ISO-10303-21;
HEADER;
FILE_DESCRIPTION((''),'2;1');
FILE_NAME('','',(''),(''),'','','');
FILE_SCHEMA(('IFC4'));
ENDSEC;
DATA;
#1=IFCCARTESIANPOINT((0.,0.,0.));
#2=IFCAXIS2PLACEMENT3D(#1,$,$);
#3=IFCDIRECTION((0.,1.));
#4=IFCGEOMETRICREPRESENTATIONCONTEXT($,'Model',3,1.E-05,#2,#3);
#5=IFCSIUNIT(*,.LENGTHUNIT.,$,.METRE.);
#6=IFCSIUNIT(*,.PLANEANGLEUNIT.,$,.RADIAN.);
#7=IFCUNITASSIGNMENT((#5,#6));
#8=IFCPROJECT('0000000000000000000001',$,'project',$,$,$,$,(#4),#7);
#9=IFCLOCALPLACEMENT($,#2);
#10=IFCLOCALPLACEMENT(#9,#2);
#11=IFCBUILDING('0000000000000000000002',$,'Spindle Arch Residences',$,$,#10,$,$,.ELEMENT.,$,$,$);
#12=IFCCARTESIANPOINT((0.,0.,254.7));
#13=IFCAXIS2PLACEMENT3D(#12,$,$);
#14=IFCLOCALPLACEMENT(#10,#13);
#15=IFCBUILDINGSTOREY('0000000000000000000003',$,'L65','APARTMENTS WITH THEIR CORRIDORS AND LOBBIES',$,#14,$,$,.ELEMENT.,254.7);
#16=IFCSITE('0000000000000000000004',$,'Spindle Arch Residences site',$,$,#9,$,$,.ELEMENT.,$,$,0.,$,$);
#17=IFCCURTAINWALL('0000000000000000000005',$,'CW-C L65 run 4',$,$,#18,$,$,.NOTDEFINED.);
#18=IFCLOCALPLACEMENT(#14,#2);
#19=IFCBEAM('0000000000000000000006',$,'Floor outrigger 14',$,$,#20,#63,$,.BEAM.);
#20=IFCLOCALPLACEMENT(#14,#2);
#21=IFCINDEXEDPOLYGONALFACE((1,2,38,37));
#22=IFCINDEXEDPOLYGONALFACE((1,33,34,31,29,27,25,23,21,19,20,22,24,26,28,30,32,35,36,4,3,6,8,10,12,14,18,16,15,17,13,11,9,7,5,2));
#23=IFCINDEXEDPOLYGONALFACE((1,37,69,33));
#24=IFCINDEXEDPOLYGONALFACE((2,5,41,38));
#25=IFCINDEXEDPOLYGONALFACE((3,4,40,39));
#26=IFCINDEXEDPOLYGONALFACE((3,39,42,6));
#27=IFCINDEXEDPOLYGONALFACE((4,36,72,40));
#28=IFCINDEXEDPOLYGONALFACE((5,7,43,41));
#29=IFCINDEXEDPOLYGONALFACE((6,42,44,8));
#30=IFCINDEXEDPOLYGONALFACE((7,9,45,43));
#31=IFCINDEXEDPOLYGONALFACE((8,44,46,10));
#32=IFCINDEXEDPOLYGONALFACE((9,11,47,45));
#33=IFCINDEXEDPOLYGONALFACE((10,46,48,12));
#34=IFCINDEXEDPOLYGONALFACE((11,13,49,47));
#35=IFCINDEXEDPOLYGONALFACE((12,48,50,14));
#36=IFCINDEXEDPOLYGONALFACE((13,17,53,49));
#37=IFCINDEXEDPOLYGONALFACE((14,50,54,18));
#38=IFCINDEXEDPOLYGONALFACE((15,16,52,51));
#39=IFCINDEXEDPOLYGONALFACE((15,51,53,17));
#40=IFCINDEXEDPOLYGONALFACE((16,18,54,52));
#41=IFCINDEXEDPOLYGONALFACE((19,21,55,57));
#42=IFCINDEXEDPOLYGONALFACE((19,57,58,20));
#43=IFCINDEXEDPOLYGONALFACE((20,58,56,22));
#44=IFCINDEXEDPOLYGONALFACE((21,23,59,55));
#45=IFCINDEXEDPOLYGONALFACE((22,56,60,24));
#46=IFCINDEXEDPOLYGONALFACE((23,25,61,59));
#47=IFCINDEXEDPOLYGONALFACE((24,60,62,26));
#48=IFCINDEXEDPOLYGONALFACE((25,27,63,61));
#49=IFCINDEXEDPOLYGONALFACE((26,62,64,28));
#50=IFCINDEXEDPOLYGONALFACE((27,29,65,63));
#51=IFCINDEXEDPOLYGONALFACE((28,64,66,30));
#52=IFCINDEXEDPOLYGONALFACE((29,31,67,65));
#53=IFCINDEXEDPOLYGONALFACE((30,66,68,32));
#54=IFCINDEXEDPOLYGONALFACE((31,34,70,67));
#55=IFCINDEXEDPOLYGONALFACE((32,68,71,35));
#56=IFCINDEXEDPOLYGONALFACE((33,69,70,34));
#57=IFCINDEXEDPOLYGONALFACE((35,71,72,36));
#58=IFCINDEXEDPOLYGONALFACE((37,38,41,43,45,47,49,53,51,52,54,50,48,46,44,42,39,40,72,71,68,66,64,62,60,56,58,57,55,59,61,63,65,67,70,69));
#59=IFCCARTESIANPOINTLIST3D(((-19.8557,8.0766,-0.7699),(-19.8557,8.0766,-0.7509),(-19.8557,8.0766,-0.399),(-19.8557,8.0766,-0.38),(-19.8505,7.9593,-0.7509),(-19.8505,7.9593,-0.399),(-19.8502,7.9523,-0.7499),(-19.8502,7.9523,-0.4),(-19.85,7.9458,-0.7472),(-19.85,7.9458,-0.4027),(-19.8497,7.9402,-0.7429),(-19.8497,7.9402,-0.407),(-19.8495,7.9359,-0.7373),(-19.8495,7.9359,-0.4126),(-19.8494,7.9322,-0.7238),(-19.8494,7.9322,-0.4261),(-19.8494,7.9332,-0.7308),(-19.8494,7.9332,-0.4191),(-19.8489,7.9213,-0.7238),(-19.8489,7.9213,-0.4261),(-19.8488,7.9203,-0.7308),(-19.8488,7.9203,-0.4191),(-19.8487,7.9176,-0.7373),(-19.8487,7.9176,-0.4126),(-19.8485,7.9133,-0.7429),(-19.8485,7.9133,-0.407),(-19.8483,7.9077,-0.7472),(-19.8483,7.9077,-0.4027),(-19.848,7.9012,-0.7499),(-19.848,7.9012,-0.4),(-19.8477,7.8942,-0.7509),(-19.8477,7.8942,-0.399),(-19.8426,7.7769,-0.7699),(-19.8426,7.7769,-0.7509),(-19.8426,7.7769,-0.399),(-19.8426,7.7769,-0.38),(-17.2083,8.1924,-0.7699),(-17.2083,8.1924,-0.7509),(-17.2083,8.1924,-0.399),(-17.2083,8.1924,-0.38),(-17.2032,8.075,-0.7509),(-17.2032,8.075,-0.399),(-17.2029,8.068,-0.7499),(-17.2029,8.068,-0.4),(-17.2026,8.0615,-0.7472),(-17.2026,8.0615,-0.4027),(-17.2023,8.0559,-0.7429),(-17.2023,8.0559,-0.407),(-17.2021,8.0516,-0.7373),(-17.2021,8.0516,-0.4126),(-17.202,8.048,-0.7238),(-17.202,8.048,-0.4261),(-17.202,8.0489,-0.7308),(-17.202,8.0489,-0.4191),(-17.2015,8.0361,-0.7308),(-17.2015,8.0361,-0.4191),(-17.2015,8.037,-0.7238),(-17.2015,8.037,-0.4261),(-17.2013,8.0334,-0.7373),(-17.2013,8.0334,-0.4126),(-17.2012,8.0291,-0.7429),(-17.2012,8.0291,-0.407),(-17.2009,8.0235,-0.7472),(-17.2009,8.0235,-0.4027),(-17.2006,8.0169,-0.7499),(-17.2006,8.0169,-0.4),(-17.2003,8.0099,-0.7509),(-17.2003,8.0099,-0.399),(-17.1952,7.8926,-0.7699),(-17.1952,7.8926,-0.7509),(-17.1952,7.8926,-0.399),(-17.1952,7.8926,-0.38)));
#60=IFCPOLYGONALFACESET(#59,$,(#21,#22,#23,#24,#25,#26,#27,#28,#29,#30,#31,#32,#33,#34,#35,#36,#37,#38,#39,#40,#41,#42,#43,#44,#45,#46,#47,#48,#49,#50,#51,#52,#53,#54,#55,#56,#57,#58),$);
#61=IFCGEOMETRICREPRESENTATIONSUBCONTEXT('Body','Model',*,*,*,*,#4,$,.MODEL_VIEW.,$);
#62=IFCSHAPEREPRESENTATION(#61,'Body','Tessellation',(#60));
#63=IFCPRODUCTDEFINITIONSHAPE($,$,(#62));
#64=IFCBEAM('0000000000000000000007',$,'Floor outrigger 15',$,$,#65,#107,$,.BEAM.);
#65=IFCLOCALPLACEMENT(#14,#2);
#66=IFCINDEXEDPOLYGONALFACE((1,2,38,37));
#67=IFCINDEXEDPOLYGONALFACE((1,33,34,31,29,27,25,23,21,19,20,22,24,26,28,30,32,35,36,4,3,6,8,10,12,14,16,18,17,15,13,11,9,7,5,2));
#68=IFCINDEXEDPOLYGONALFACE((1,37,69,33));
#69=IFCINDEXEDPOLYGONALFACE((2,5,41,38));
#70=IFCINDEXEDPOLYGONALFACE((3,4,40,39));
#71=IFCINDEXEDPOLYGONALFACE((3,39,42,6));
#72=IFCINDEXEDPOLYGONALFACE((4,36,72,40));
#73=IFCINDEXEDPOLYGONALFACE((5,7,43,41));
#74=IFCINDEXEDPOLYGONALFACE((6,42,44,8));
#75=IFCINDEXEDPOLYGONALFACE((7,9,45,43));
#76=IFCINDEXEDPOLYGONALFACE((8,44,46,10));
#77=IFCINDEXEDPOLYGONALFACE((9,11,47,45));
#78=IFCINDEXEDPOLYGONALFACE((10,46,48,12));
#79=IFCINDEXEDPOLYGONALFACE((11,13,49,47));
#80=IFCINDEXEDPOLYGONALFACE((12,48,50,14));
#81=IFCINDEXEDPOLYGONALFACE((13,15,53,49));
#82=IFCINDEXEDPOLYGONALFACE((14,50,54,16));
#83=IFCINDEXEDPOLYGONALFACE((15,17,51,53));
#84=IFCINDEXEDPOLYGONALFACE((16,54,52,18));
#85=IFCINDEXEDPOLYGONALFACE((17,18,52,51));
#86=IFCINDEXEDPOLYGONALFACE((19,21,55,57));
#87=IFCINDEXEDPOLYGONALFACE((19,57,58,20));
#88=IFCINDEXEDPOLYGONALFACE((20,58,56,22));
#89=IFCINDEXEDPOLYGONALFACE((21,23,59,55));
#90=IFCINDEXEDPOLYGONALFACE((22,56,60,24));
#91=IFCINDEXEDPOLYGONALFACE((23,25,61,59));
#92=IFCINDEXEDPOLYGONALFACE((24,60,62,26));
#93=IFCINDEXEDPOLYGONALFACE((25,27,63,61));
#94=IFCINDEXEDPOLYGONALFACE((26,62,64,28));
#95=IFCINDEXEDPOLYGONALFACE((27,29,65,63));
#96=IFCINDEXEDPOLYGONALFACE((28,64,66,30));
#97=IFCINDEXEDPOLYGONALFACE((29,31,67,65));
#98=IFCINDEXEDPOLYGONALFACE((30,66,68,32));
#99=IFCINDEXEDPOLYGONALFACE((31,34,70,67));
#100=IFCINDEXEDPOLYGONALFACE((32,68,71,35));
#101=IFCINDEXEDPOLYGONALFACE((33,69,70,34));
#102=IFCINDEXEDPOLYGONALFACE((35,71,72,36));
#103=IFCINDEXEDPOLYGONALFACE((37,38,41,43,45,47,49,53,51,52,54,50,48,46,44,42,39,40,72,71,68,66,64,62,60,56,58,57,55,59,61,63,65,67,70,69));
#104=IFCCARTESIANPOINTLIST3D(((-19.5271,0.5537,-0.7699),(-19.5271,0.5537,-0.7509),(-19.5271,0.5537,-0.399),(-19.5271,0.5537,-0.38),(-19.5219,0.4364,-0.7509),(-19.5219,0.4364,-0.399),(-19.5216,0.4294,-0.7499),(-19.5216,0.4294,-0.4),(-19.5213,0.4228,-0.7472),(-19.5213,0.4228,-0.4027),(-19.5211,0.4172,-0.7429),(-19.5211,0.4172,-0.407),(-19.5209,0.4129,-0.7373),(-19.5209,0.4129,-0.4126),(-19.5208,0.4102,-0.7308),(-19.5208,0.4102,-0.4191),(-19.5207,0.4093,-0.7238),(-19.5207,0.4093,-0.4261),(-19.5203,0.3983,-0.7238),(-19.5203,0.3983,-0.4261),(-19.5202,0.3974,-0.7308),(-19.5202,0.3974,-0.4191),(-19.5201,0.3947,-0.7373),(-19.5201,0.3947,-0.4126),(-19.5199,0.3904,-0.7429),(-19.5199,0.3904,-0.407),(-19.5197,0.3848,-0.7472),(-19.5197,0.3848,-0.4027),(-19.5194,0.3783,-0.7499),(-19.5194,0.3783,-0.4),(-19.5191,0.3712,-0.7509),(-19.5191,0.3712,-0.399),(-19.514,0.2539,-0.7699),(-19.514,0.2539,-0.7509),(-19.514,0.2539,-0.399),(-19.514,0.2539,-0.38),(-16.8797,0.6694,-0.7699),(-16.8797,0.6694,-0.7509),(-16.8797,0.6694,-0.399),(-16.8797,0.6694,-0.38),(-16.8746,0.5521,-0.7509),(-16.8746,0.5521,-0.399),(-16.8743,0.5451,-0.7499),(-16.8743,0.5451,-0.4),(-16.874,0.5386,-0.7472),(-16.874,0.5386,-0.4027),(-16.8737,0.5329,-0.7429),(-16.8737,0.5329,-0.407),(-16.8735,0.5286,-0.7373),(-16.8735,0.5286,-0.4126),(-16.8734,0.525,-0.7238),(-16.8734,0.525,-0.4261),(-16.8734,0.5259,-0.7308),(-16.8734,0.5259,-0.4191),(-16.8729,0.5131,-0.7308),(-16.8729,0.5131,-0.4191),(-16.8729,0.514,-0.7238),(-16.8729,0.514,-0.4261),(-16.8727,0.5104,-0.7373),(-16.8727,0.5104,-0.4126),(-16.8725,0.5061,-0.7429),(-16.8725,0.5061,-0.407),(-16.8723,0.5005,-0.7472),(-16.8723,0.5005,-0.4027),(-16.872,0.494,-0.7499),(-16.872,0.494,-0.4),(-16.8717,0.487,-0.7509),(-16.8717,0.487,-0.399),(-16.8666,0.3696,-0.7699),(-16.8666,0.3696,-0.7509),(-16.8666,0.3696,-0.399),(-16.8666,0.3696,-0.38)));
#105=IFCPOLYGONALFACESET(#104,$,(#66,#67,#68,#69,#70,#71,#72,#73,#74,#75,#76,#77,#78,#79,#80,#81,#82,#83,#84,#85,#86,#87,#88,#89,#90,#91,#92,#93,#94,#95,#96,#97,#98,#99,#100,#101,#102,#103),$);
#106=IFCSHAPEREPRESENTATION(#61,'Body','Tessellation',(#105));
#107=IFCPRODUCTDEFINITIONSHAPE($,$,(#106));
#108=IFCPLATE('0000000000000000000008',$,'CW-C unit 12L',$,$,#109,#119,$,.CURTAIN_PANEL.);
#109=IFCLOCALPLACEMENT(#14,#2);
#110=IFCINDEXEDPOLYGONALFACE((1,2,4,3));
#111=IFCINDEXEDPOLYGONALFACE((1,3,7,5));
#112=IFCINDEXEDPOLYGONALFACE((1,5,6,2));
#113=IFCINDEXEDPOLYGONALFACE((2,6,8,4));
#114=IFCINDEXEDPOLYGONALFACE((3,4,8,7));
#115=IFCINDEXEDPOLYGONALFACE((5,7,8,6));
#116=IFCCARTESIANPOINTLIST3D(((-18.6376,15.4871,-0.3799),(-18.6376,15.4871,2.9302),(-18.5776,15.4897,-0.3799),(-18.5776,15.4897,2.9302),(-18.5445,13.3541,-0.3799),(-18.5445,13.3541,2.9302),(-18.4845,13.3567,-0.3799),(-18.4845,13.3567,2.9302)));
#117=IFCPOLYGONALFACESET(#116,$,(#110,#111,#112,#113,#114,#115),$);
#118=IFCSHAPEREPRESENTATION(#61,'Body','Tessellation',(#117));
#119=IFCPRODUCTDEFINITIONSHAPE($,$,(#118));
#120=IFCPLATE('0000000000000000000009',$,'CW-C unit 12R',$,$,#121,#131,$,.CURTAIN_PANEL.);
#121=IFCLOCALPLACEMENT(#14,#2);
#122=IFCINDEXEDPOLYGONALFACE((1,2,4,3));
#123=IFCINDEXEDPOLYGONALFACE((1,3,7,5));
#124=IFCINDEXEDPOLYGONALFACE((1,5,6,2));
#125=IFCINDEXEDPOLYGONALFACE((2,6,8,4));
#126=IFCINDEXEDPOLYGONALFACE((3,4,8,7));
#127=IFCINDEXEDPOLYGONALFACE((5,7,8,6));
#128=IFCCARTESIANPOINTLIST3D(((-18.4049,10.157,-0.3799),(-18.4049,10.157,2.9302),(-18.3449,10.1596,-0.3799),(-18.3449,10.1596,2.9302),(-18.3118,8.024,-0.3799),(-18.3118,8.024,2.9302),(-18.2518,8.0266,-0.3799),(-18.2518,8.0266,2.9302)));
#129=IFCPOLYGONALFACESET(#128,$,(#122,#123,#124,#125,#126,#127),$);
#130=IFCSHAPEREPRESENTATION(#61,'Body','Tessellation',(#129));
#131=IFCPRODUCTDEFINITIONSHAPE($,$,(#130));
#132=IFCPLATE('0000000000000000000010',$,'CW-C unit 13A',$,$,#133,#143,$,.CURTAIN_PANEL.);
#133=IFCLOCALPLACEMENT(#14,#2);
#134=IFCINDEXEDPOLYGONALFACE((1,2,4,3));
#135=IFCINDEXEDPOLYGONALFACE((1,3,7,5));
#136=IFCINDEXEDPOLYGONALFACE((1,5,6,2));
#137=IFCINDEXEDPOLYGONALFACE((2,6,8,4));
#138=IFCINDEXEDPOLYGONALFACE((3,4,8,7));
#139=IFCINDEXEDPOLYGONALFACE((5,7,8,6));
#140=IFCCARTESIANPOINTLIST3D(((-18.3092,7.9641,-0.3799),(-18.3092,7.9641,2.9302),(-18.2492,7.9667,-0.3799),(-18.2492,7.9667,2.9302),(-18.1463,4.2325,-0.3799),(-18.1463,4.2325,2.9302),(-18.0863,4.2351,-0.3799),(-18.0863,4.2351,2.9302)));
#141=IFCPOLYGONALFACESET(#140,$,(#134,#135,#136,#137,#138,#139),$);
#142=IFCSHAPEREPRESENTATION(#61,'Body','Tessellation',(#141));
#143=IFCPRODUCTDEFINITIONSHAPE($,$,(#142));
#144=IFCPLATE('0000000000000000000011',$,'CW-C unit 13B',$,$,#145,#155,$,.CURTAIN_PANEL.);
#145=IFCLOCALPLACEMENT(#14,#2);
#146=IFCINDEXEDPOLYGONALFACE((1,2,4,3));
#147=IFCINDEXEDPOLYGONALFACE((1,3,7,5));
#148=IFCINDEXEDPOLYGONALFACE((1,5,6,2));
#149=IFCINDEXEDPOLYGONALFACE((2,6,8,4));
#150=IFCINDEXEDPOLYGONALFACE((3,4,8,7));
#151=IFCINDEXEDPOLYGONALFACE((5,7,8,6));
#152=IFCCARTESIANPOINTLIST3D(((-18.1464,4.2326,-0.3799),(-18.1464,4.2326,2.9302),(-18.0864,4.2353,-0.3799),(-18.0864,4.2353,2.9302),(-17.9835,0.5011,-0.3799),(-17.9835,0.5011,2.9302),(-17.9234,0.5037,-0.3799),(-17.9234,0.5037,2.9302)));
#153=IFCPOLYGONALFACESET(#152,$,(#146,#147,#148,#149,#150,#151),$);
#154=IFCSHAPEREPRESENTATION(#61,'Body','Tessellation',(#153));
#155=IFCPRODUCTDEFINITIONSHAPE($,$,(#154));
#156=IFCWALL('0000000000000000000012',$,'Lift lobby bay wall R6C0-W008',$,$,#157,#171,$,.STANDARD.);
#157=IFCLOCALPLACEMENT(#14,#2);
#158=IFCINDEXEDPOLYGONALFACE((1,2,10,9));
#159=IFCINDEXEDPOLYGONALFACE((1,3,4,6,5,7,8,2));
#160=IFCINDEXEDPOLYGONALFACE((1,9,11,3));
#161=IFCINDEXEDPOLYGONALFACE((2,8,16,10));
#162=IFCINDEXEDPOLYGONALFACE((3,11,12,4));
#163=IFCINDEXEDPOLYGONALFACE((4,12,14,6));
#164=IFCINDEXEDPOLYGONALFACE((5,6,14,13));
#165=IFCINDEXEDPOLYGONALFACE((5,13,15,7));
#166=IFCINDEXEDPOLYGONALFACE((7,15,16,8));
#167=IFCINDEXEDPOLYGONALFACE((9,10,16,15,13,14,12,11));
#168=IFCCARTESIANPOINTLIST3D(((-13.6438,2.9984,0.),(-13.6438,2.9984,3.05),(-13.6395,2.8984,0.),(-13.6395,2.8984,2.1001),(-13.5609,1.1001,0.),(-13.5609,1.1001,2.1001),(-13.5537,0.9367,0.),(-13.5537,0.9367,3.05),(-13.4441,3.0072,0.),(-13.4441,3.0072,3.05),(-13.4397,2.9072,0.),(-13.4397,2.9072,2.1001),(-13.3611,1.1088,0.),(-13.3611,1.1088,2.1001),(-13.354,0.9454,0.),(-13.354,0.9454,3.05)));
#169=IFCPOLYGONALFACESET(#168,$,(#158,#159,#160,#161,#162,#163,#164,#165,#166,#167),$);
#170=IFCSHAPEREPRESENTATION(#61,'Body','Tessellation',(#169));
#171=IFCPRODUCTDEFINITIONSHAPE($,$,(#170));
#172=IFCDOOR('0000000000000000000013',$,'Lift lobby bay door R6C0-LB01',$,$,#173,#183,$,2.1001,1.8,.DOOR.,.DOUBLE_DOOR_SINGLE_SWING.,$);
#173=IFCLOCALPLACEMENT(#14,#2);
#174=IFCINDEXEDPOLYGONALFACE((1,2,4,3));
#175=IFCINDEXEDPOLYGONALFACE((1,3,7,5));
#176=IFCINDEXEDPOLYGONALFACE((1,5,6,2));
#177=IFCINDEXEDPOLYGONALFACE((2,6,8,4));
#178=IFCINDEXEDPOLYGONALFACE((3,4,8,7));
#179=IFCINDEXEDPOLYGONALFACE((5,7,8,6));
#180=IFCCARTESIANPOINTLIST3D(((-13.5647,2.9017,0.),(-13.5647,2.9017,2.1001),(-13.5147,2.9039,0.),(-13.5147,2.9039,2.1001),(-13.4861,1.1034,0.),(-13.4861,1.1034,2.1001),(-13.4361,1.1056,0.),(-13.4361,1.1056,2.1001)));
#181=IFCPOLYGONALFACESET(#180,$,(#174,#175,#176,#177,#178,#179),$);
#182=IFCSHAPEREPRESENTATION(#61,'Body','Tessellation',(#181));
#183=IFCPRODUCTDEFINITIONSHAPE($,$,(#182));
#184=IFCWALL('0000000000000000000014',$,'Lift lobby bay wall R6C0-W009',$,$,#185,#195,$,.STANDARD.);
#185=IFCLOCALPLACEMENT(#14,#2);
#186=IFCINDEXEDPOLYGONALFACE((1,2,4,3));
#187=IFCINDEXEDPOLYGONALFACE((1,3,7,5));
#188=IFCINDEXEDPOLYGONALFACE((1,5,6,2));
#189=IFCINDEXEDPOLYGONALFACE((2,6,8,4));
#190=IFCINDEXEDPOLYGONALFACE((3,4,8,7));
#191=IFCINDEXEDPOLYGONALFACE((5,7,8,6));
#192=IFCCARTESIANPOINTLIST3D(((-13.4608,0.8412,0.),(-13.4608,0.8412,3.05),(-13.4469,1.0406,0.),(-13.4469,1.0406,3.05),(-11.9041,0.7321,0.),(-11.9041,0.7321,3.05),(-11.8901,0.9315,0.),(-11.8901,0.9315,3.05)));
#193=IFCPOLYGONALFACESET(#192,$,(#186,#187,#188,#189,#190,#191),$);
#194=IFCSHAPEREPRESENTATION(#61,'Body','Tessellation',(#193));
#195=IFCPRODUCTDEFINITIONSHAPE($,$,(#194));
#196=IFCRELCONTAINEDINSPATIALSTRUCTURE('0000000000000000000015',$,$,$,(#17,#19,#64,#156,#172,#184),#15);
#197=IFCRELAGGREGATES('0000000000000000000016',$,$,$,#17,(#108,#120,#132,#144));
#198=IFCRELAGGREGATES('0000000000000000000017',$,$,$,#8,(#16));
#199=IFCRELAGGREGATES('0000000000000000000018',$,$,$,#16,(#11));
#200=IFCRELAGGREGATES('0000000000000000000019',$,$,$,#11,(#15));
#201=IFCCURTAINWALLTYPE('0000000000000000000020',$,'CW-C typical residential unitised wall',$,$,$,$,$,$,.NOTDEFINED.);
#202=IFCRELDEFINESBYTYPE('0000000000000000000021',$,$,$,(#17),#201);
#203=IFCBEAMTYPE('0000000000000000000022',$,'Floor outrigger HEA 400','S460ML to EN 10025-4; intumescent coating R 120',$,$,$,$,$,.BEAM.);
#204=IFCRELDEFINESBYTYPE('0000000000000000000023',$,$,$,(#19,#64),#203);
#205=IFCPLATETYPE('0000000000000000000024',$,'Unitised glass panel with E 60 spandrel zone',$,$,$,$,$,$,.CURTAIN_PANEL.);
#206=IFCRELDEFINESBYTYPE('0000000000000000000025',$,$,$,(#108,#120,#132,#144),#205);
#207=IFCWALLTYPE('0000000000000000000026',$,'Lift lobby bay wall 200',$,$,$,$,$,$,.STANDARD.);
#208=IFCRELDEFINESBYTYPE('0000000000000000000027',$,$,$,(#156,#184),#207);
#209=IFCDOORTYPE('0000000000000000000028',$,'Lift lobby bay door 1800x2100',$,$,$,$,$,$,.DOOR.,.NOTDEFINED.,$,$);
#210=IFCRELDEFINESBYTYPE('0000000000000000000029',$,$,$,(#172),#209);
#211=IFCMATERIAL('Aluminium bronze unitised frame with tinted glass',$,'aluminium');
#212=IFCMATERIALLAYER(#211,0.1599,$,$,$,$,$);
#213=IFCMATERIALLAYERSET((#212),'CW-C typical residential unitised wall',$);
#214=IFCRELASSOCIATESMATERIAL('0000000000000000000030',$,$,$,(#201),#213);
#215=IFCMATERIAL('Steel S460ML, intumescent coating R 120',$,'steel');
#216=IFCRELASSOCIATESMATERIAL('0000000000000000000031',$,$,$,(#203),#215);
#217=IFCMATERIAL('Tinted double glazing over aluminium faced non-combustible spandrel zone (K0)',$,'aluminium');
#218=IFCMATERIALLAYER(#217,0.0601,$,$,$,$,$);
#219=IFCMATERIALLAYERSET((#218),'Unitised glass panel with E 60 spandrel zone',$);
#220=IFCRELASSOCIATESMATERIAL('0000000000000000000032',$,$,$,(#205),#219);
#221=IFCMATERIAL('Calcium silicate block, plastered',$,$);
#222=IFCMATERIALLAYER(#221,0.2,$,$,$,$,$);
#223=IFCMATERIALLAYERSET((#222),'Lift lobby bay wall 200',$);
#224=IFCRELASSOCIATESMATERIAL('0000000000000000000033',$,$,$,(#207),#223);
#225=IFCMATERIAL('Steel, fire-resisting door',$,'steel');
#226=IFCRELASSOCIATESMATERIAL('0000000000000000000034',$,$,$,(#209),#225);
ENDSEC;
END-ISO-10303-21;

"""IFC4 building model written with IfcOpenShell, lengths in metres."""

from ifc_helpers import new_model, si_unit, direction, frame, frame_2d, origin, origin_2d, place, context, subcontext, project, spatial, rectangle, i_section, extrude, material, layer, layer_set, material_profile, profile_set, type_object, element, fill, aggregate, save


model = new_model("IFC4")

# Units and contexts
model_context = context("Model", 3, precision=1e-05, world=origin(), true_north=direction((0.0, 1.0)))
body_context = subcontext(model_context, "Body", "Model", "MODEL_VIEW")
ifc_project = project(units=[si_unit("LENGTHUNIT", "METRE"), si_unit("PLANEANGLEUNIT", "RADIAN")], contexts=[model_context])

# Site, building, storey
site_placement = place(None, origin())
site = spatial("IfcSite", under=ifc_project, at=site_placement, Name="Spindle Arch Residences site", CompositionType="ELEMENT", RefElevation=0.0)
building_placement = place(site_placement, origin())
building = spatial("IfcBuilding", under=site, at=building_placement, Name="Spindle Arch Residences", CompositionType="ELEMENT")
storey_placement = place(building_placement, frame((0.0, 0.0, 254.7)))
storey = spatial("IfcBuildingStorey", under=building, at=storey_placement, Name="L65", Description="APARTMENTS WITH THEIR CORRIDORS AND LOBBIES", CompositionType="ELEMENT", Elevation=254.7)

# Curtain wall
ifc_material_1 = material(Name="Aluminium bronze unitised frame with tinted glass", Category="aluminium")
ifc_layer_1 = layer(ifc_material_1, 0.1599)
ifc_layer_set_1 = layer_set([ifc_layer_1], Name="CW-C typical residential unitised wall")
curtain_wall_type = type_object("IfcCurtainWallType", Name="CW-C typical residential unitised wall", PredefinedType="NOTDEFINED", material=ifc_layer_set_1)
curtain_wall_placement = place(storey_placement, origin())
curtain_wall = element("IfcCurtainWall", 1, at=curtain_wall_placement, inside=storey, type_object=curtain_wall_type, Name="CW-C L65 run 4", PredefinedType="NOTDEFINED")

# Beams
ifc_material_2 = material(Name="Steel S460ML, intumescent coating R 120", Category="steel")
ifc_material_profile_1 = material_profile(ifc_material_2, i_section(OverallWidth=0.3, OverallDepth=0.3899, WebThickness=0.011, FlangeThickness=0.019, FilletRadius=0.0271, at=origin_2d()), Name="HEA 400")
ifc_profile_set_1 = profile_set([ifc_material_profile_1], Name="Steel S460ML, intumescent coating R 120")
beam_type_1 = type_object("IfcBeamType", Name="Floor outrigger HEA 400", Description="S460ML to EN 10025-4; intumescent coating R 120", PredefinedType="BEAM", material=ifc_profile_set_1)
for number, where, z_axis, x_axis, name in (
    (2, (-19.8491, 7.9268, -0.575), (0.999046, 0.043669, 0.0), (-0.043669, 0.999046, 0.0), "Floor outrigger 14"),
    (3, (-19.5205, 0.4038, -0.575), (0.999046, 0.043669, 0.0), (-0.043669, 0.999046, 0.0), "Floor outrigger 15"),
):
    element("IfcBeam", number, at=place(storey_placement, frame(where, z_axis=z_axis, x_axis=x_axis)), inside=storey, type_object=beam_type_1, Name=name, PredefinedType="BEAM", context=body_context, shape_type="SweptSolid", body=[
        extrude(i_section(OverallWidth=0.3, OverallDepth=0.3899, WebThickness=0.011, FlangeThickness=0.019, FilletRadius=0.0271, at=origin_2d()), origin(), (0.0, 0.0, 1.0), 2.6499),
    ])

# Plates
ifc_material_3 = material(Name="Tinted double glazing over aluminium faced non-combustible spandrel zone (K0)", Category="aluminium")
ifc_layer_2 = layer(ifc_material_3, 0.0601)
ifc_layer_set_2 = layer_set([ifc_layer_2], Name="Unitised glass panel with E 60 spandrel zone")
plate_type = type_object("IfcPlateType", Name="Unitised glass panel with E 60 spandrel zone", PredefinedType="CURTAIN_PANEL", material=ifc_layer_set_2)
plate_1_placement = place(storey_placement, frame((-18.561, 14.4219, -0.3799), z_axis=(0.0, 0.0, 1.0), x_axis=(0.043619, -0.999048, 0.0)))
plate_1 = element("IfcPlate", 4, at=plate_1_placement, type_object=plate_type, Name="CW-C unit 12L", PredefinedType="CURTAIN_PANEL", context=body_context, shape_type="SweptSolid", body=[
    extrude(rectangle(XDim=2.135, YDim=0.0601, at=origin_2d()), origin(), (0.0, 0.0, 1.0), 3.3101),
])
plate_2_placement = place(storey_placement, frame((-18.3284, 9.0918, -0.3799), z_axis=(0.0, 0.0, 1.0), x_axis=(0.043619, -0.999048, 0.0)))
plate_2 = element("IfcPlate", 5, at=plate_2_placement, type_object=plate_type, Name="CW-C unit 12R", PredefinedType="CURTAIN_PANEL", context=body_context, shape_type="SweptSolid", body=[
    extrude(rectangle(XDim=2.135, YDim=0.0601, at=origin_2d()), origin(), (0.0, 0.0, 1.0), 3.3101),
])
plate_3_placement = place(storey_placement, frame((-18.1978, 6.0996, -0.3799), z_axis=(0.0, 0.0, 1.0), x_axis=(0.043619, -0.999048, 0.0)))
plate_3 = element("IfcPlate", 6, at=plate_3_placement, type_object=plate_type, Name="CW-C unit 13A", PredefinedType="CURTAIN_PANEL", context=body_context, shape_type="SweptSolid", body=[
    extrude(rectangle(XDim=3.7351, YDim=0.0601, at=origin_2d()), origin(), (0.0, 0.0, 1.0), 3.3101),
])
plate_4_placement = place(storey_placement, frame((-18.0349, 2.3682, -0.3799), z_axis=(0.0, 0.0, 1.0), x_axis=(0.043619, -0.999048, 0.0)))
plate_4 = element("IfcPlate", 7, at=plate_4_placement, type_object=plate_type, Name="CW-C unit 13B", PredefinedType="CURTAIN_PANEL", context=body_context, shape_type="SweptSolid", body=[
    extrude(rectangle(XDim=3.7351, YDim=0.0601, at=origin_2d()), origin(), (0.0, 0.0, 1.0), 3.3101),
])
aggregate(curtain_wall, [plate_1, plate_2, plate_3, plate_4])

# Wall, opening, door
ifc_material_4 = material(Name="Calcium silicate block, plastered")
ifc_layer_3 = layer(ifc_material_4, 0.2)
ifc_layer_set_3 = layer_set([ifc_layer_3], Name="Lift lobby bay wall 200")
wall_type_1 = type_object("IfcWallType", Name="Lift lobby bay wall 200", PredefinedType="STANDARD", material=ifc_layer_set_3)
wall_1_placement = place(storey_placement, frame((-13.5439, 3.0027, 0.0), z_axis=(0.0, 0.0, 1.0), x_axis=(0.043653, -0.999047, 0.0)))
wall_1 = element("IfcWall", 8, at=wall_1_placement, inside=storey, type_object=wall_type_1, Name="Lift lobby bay wall R6C0-W008", PredefinedType="STANDARD", context=body_context, shape_type="SweptSolid", body=[
    extrude(rectangle(XDim=2.0637, YDim=0.2, at=frame_2d((1.0317, 0.0))), origin(), (0.0, 0.0, 1.0), 3.05),
])
opening_1_placement = place(wall_1_placement, frame((0.1001, 0.0, 0.0)))
opening_1 = element("IfcOpeningElement", 9, at=opening_1_placement, cuts=wall_1, PredefinedType="OPENING", context=body_context, shape_type="SweptSolid", body=[
    extrude(rectangle(XDim=1.8, YDim=2.1001, at=frame_2d((0.8999, 1.05))), frame((0.0, 0.1099, 0.0), z_axis=(0.0, -1.0, 0.0), x_axis=(1.0, 0.0, 0.0)), (0.0, 0.0, 1.0), 0.22),
])
ifc_material_5 = material(Name="Steel, fire-resisting door", Category="steel")
door_type_1 = type_object("IfcDoorType", Name="Lift lobby bay door 1800x2100", OperationType="NOTDEFINED", PredefinedType="DOOR", material=ifc_material_5)
door_1_placement = place(opening_1_placement, origin())
door_1 = element("IfcDoor", 10, at=door_1_placement, inside=storey, type_object=door_type_1, Name="Lift lobby bay door R6C0-LB01", OperationType="DOUBLE_DOOR_SINGLE_SWING", OverallHeight=2.1001, OverallWidth=1.8, PredefinedType="DOOR", context=body_context, shape_type="SweptSolid", body=[
    extrude(rectangle(XDim=1.8, YDim=2.1001, at=frame_2d((0.8999, 1.05))), frame((0.0, 0.0249, 0.0), z_axis=(0.0, -1.0, 0.0), x_axis=(1.0, 0.0, 0.0)), (0.0, 0.0, 1.0), 0.05),
])
fill(opening_1, door_1)

# Wall
wall_2_placement = place(storey_placement, frame((-13.4539, 0.9409, 0.0), z_axis=(0.0, 0.0, 1.0), x_axis=(0.997552, -0.069935, 0.0)))
element("IfcWall", 11, at=wall_2_placement, inside=storey, type_object=wall_type_1, Name="Lift lobby bay wall R6C0-W009", PredefinedType="STANDARD", context=body_context, shape_type="SweptSolid", body=[
    extrude(rectangle(XDim=1.5605, YDim=0.2, at=frame_2d((0.7803, 0.0))), origin(), (0.0, 0.0, 1.0), 3.05),
])

save(model, "model.ifc")
